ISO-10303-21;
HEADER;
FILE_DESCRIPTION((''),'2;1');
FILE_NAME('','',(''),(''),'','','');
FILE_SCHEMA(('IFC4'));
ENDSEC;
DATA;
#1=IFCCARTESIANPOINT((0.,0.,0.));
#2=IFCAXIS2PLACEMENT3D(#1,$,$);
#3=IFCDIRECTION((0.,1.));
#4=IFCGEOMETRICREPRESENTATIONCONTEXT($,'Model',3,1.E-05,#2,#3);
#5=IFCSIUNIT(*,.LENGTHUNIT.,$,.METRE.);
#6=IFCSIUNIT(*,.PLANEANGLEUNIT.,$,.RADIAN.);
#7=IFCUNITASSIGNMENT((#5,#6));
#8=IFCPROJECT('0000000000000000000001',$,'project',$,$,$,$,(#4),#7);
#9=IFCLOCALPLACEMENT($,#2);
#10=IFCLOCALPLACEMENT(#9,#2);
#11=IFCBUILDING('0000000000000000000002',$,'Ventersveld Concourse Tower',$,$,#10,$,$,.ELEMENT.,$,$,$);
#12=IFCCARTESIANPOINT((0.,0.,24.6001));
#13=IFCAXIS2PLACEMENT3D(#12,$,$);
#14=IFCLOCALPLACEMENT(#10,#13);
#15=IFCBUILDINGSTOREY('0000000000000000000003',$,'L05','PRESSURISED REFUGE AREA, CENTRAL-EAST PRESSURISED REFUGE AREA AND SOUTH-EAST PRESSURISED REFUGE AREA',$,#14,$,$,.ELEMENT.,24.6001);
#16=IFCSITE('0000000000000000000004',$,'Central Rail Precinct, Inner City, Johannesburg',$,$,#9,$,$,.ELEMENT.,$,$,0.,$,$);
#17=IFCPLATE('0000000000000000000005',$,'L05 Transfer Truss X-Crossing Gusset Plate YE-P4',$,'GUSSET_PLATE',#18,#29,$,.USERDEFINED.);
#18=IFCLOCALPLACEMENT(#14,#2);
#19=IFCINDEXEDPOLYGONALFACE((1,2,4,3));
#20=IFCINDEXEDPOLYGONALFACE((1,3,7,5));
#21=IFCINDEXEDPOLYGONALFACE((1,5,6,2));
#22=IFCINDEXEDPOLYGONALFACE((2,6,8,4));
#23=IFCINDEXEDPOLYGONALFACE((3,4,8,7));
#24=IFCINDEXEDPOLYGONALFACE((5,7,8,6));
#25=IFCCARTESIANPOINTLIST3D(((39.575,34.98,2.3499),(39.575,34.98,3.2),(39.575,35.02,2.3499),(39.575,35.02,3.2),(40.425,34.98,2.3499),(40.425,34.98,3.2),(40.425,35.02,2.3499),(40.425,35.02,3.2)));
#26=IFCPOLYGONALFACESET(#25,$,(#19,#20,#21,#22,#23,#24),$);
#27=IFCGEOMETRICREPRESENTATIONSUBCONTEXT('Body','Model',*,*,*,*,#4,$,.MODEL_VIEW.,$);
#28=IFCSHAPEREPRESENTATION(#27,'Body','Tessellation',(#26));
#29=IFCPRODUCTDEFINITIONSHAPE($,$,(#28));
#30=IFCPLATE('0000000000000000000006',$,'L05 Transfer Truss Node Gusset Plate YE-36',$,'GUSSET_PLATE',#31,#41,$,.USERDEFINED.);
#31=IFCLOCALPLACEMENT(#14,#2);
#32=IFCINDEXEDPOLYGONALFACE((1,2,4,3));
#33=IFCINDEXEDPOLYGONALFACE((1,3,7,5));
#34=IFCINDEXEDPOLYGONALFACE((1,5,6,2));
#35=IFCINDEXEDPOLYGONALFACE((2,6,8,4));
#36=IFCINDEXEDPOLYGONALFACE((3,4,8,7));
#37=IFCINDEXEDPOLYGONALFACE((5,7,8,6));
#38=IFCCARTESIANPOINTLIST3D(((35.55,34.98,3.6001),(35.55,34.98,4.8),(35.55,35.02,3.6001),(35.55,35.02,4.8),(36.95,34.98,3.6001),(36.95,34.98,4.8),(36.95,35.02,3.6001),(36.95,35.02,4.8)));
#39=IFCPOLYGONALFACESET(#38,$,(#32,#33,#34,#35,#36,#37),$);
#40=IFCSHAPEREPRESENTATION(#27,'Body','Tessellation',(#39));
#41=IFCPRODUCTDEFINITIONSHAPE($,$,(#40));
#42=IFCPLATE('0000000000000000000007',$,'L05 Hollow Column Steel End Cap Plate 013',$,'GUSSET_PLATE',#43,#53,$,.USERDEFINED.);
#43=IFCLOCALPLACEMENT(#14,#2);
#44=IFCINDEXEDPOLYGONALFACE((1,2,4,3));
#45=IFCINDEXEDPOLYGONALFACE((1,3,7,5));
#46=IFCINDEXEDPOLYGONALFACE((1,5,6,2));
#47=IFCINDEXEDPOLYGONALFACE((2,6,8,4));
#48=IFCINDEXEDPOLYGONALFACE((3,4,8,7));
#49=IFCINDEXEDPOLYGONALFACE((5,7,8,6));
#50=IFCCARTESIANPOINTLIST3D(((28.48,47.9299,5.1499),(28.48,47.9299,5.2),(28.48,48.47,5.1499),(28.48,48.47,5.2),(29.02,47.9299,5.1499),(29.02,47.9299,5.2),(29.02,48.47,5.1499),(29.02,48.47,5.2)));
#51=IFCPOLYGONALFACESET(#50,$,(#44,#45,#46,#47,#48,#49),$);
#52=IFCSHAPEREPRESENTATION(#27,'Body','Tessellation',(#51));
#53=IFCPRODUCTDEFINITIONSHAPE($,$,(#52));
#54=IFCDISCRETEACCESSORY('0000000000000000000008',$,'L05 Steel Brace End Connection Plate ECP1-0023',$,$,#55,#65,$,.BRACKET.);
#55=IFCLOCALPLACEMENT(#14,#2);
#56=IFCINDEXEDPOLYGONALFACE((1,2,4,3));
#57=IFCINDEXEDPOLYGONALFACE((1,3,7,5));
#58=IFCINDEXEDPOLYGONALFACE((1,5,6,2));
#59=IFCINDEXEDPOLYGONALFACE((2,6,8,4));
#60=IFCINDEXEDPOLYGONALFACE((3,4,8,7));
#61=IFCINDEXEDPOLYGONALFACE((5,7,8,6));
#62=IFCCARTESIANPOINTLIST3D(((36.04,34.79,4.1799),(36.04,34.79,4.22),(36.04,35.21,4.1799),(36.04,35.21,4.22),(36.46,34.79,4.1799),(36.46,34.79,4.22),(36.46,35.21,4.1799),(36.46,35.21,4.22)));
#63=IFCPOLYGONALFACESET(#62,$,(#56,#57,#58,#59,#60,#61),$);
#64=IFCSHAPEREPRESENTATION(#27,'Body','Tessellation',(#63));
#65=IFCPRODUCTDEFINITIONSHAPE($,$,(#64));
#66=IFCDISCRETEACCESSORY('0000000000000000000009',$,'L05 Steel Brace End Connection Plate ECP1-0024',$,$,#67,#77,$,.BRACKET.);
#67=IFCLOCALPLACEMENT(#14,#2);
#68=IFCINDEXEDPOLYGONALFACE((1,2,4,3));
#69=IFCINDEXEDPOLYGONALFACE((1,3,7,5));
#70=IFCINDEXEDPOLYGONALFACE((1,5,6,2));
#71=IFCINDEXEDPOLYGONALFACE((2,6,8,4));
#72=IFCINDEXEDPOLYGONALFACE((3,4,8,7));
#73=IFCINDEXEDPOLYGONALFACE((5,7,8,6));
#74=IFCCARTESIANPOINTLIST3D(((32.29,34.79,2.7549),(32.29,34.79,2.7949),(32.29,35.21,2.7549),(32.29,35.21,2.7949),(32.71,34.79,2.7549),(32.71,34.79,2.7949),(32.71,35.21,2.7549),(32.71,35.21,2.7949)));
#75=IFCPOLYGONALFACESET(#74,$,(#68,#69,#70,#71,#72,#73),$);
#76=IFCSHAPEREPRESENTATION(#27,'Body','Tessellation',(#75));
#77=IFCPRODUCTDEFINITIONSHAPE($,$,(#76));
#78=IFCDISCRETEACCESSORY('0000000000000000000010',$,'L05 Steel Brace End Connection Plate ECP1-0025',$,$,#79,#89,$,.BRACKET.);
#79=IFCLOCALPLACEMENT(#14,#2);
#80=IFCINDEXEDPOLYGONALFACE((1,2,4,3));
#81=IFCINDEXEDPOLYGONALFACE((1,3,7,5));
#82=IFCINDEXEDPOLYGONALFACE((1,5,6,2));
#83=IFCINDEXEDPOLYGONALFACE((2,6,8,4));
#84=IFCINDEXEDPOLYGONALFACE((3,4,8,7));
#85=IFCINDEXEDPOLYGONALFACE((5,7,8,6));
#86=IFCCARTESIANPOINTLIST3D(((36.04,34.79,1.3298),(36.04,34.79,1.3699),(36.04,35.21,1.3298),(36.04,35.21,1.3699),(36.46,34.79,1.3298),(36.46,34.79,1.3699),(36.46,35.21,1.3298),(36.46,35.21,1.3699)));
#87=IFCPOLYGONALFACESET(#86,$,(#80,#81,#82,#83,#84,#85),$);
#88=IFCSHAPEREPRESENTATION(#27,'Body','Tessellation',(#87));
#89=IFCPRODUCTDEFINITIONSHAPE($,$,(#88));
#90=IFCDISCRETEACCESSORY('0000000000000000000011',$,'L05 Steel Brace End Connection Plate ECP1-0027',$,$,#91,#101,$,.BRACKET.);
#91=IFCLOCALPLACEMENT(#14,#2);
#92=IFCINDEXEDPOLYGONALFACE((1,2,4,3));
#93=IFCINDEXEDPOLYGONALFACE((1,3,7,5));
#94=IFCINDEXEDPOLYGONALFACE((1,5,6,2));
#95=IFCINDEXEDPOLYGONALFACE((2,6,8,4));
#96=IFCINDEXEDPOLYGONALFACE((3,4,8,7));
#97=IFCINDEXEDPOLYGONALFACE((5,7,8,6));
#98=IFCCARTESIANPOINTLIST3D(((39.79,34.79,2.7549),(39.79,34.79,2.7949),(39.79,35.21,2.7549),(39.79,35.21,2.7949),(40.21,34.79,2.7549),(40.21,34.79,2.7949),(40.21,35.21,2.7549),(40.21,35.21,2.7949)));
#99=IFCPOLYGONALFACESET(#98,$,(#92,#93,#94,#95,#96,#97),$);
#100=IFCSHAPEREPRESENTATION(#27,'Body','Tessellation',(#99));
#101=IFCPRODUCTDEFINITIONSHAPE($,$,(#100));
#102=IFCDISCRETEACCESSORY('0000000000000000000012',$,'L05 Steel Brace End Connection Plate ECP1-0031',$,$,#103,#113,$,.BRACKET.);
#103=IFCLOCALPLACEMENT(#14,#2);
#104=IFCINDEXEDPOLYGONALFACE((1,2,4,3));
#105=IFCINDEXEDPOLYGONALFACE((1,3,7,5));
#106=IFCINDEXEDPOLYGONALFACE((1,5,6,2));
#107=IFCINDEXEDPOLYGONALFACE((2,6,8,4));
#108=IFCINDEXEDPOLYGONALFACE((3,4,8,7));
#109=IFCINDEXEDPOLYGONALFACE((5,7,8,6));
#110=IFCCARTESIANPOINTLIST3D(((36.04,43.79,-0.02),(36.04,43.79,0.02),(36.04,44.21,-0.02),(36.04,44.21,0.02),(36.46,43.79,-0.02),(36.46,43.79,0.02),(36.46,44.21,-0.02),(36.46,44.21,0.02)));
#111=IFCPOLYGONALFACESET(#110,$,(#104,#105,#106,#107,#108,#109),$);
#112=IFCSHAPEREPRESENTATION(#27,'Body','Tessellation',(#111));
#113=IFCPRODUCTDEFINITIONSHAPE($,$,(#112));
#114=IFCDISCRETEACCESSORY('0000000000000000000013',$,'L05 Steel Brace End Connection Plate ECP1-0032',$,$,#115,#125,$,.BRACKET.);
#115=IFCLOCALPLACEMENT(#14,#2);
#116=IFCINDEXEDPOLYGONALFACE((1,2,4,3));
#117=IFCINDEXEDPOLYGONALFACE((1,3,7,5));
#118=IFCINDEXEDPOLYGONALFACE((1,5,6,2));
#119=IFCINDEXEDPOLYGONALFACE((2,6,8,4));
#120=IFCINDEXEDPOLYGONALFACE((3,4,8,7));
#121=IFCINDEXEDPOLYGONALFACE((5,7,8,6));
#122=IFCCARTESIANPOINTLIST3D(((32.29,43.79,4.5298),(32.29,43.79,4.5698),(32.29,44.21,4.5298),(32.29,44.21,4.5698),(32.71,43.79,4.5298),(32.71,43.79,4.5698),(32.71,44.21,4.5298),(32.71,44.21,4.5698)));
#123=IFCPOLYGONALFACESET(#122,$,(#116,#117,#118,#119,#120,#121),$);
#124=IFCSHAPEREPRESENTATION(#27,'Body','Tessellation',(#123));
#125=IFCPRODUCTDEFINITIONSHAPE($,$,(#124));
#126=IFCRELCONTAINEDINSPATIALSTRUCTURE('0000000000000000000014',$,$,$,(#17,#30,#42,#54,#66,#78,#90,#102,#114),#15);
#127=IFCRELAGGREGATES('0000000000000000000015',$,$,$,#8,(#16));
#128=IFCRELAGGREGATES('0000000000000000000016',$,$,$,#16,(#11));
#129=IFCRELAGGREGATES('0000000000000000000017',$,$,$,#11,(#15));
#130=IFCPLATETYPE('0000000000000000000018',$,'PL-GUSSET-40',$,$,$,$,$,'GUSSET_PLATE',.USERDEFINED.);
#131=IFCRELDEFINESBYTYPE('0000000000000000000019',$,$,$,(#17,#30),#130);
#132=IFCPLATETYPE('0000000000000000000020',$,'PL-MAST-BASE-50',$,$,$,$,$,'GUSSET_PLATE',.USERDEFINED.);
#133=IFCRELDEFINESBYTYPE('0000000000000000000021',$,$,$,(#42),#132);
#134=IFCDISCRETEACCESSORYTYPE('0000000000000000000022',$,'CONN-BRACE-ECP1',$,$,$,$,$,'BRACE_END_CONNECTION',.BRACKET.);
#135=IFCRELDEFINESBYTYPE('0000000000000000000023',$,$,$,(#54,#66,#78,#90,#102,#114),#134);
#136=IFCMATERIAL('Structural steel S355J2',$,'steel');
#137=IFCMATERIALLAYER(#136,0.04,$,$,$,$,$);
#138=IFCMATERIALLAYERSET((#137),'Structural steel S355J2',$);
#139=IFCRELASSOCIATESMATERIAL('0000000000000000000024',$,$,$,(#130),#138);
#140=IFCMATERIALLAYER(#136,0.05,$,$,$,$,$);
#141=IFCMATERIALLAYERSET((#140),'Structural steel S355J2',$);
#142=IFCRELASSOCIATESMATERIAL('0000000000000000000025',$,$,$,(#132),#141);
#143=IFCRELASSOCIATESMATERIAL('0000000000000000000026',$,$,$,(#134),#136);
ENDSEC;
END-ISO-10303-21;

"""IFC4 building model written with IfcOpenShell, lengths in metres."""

from ifc_helpers import new_model, si_unit, direction, frame, origin, origin_2d, place, context, subcontext, project, spatial, rectangle, extrude, material, layer, layer_set, type_object, element, save


model = new_model("IFC4")

# Units and contexts
model_context = context("Model", 3, precision=1e-05, world=origin(), true_north=direction((0.0, 1.0)))
body_context = subcontext(model_context, "Body", "Model", "MODEL_VIEW")
ifc_project = project(units=[si_unit("LENGTHUNIT", "METRE"), si_unit("PLANEANGLEUNIT", "RADIAN")], contexts=[model_context])

# Site, building, storey
site_placement = place(None, origin())
site = spatial("IfcSite", under=ifc_project, at=site_placement, Name="Central Rail Precinct, Inner City, Johannesburg", CompositionType="ELEMENT", RefElevation=0.0)
building_placement = place(site_placement, origin())
building = spatial("IfcBuilding", under=site, at=building_placement, Name="Ventersveld Concourse Tower", CompositionType="ELEMENT")
storey_placement = place(building_placement, frame((0.0, 0.0, 24.6001)))
storey = spatial("IfcBuildingStorey", under=building, at=storey_placement, Name="L05", Description="PRESSURISED REFUGE AREA, CENTRAL-EAST PRESSURISED REFUGE AREA AND SOUTH-EAST PRESSURISED REFUGE AREA", CompositionType="ELEMENT", Elevation=24.6001)

# Shared definitions
ifc_material_1 = material(Name="Structural steel S355J2", Category="steel")

# Plates
ifc_layer_1 = layer(ifc_material_1, 0.04)
ifc_layer_set_1 = layer_set([ifc_layer_1], Name="Structural steel S355J2")
plate_type_1 = type_object("IfcPlateType", Name="PL-GUSSET-40", ElementType="GUSSET_PLATE", PredefinedType="USERDEFINED", material=ifc_layer_set_1)
for number, where, z_axis, x_axis, name in (
    (1, (40.0, 35.0, 2.3499), (0.0, 0.0, 1.0), (1.0, 0.0, 0.0), "L05 Transfer Truss X-Crossing Gusset Plate YE-P4"),
):
    element("IfcPlate", number, at=place(storey_placement, frame(where, z_axis=z_axis, x_axis=x_axis)), inside=storey, type_object=plate_type_1, Name=name, ObjectType="GUSSET_PLATE", PredefinedType="USERDEFINED", context=body_context, shape_type="SweptSolid", body=[
        extrude(rectangle(XDim=0.8501, YDim=0.04, at=origin_2d()), origin(), (0.0, 0.0, 1.0), 0.8501),
    ])
plate_1_placement = place(storey_placement, frame((36.25, 35.0, 3.6001), z_axis=(0.0, 0.0, 1.0), x_axis=(1.0, 0.0, 0.0)))
element("IfcPlate", 2, at=plate_1_placement, inside=storey, type_object=plate_type_1, Name="L05 Transfer Truss Node Gusset Plate YE-36", ObjectType="GUSSET_PLATE", PredefinedType="USERDEFINED", context=body_context, shape_type="SweptSolid", body=[
    extrude(rectangle(XDim=1.3999, YDim=0.04, at=origin_2d()), origin(), (0.0, 0.0, 1.0), 1.2),
])
ifc_layer_2 = layer(ifc_material_1, 0.05)
ifc_layer_set_2 = layer_set([ifc_layer_2], Name="Structural steel S355J2")
plate_type_2 = type_object("IfcPlateType", Name="PL-MAST-BASE-50", ElementType="GUSSET_PLATE", PredefinedType="USERDEFINED", material=ifc_layer_set_2)
plate_2_placement = place(storey_placement, frame((28.75, 48.2, 5.1499), z_axis=(0.0, 0.0, 1.0), x_axis=(1.0, 0.0, 0.0)))
element("IfcPlate", 3, at=plate_2_placement, inside=storey, type_object=plate_type_2, Name="L05 Hollow Column Steel End Cap Plate 013", ObjectType="GUSSET_PLATE", PredefinedType="USERDEFINED", context=body_context, shape_type="SweptSolid", body=[
    extrude(rectangle(XDim=0.54, YDim=0.54, at=origin_2d()), origin(), (0.0, 0.0, 1.0), 0.05),
])

# Discrete accessories
discrete_accessory_type = type_object("IfcDiscreteAccessoryType", Name="CONN-BRACE-ECP1", ElementType="BRACE_END_CONNECTION", PredefinedType="BRACKET", material=ifc_material_1)
for number, where, z_axis, x_axis, name in (
    (4, (36.25, 35.0, 4.1799), (0.0, 0.0, 1.0), (1.0, 0.0, 0.0), "L05 Steel Brace End Connection Plate ECP1-0023"),
    (5, (32.5, 35.0, 2.7549), (0.0, 0.0, 1.0), (1.0, 0.0, 0.0), "L05 Steel Brace End Connection Plate ECP1-0024"),
    (6, (36.25, 35.0, 1.3298), (0.0, 0.0, 1.0), (1.0, 0.0, 0.0), "L05 Steel Brace End Connection Plate ECP1-0025"),
    (7, (40.0, 35.0, 2.7549), (0.0, 0.0, 1.0), (1.0, 0.0, 0.0), "L05 Steel Brace End Connection Plate ECP1-0027"),
    (8, (36.25, 44.0, -0.02), (0.0, 0.0, 1.0), (1.0, 0.0, 0.0), "L05 Steel Brace End Connection Plate ECP1-0031"),
    (9, (32.5, 44.0, 4.5298), (0.0, 0.0, 1.0), (1.0, 0.0, 0.0), "L05 Steel Brace End Connection Plate ECP1-0032"),
):
    element("IfcDiscreteAccessory", number, at=place(storey_placement, frame(where, z_axis=z_axis, x_axis=x_axis)), inside=storey, type_object=discrete_accessory_type, Name=name, PredefinedType="BRACKET", context=body_context, shape_type="SweptSolid", body=[
        extrude(rectangle(XDim=0.4199, YDim=0.4199, at=origin_2d()), origin(), (0.0, 0.0, 1.0), 0.04),
    ])

save(model, "model.ifc")
